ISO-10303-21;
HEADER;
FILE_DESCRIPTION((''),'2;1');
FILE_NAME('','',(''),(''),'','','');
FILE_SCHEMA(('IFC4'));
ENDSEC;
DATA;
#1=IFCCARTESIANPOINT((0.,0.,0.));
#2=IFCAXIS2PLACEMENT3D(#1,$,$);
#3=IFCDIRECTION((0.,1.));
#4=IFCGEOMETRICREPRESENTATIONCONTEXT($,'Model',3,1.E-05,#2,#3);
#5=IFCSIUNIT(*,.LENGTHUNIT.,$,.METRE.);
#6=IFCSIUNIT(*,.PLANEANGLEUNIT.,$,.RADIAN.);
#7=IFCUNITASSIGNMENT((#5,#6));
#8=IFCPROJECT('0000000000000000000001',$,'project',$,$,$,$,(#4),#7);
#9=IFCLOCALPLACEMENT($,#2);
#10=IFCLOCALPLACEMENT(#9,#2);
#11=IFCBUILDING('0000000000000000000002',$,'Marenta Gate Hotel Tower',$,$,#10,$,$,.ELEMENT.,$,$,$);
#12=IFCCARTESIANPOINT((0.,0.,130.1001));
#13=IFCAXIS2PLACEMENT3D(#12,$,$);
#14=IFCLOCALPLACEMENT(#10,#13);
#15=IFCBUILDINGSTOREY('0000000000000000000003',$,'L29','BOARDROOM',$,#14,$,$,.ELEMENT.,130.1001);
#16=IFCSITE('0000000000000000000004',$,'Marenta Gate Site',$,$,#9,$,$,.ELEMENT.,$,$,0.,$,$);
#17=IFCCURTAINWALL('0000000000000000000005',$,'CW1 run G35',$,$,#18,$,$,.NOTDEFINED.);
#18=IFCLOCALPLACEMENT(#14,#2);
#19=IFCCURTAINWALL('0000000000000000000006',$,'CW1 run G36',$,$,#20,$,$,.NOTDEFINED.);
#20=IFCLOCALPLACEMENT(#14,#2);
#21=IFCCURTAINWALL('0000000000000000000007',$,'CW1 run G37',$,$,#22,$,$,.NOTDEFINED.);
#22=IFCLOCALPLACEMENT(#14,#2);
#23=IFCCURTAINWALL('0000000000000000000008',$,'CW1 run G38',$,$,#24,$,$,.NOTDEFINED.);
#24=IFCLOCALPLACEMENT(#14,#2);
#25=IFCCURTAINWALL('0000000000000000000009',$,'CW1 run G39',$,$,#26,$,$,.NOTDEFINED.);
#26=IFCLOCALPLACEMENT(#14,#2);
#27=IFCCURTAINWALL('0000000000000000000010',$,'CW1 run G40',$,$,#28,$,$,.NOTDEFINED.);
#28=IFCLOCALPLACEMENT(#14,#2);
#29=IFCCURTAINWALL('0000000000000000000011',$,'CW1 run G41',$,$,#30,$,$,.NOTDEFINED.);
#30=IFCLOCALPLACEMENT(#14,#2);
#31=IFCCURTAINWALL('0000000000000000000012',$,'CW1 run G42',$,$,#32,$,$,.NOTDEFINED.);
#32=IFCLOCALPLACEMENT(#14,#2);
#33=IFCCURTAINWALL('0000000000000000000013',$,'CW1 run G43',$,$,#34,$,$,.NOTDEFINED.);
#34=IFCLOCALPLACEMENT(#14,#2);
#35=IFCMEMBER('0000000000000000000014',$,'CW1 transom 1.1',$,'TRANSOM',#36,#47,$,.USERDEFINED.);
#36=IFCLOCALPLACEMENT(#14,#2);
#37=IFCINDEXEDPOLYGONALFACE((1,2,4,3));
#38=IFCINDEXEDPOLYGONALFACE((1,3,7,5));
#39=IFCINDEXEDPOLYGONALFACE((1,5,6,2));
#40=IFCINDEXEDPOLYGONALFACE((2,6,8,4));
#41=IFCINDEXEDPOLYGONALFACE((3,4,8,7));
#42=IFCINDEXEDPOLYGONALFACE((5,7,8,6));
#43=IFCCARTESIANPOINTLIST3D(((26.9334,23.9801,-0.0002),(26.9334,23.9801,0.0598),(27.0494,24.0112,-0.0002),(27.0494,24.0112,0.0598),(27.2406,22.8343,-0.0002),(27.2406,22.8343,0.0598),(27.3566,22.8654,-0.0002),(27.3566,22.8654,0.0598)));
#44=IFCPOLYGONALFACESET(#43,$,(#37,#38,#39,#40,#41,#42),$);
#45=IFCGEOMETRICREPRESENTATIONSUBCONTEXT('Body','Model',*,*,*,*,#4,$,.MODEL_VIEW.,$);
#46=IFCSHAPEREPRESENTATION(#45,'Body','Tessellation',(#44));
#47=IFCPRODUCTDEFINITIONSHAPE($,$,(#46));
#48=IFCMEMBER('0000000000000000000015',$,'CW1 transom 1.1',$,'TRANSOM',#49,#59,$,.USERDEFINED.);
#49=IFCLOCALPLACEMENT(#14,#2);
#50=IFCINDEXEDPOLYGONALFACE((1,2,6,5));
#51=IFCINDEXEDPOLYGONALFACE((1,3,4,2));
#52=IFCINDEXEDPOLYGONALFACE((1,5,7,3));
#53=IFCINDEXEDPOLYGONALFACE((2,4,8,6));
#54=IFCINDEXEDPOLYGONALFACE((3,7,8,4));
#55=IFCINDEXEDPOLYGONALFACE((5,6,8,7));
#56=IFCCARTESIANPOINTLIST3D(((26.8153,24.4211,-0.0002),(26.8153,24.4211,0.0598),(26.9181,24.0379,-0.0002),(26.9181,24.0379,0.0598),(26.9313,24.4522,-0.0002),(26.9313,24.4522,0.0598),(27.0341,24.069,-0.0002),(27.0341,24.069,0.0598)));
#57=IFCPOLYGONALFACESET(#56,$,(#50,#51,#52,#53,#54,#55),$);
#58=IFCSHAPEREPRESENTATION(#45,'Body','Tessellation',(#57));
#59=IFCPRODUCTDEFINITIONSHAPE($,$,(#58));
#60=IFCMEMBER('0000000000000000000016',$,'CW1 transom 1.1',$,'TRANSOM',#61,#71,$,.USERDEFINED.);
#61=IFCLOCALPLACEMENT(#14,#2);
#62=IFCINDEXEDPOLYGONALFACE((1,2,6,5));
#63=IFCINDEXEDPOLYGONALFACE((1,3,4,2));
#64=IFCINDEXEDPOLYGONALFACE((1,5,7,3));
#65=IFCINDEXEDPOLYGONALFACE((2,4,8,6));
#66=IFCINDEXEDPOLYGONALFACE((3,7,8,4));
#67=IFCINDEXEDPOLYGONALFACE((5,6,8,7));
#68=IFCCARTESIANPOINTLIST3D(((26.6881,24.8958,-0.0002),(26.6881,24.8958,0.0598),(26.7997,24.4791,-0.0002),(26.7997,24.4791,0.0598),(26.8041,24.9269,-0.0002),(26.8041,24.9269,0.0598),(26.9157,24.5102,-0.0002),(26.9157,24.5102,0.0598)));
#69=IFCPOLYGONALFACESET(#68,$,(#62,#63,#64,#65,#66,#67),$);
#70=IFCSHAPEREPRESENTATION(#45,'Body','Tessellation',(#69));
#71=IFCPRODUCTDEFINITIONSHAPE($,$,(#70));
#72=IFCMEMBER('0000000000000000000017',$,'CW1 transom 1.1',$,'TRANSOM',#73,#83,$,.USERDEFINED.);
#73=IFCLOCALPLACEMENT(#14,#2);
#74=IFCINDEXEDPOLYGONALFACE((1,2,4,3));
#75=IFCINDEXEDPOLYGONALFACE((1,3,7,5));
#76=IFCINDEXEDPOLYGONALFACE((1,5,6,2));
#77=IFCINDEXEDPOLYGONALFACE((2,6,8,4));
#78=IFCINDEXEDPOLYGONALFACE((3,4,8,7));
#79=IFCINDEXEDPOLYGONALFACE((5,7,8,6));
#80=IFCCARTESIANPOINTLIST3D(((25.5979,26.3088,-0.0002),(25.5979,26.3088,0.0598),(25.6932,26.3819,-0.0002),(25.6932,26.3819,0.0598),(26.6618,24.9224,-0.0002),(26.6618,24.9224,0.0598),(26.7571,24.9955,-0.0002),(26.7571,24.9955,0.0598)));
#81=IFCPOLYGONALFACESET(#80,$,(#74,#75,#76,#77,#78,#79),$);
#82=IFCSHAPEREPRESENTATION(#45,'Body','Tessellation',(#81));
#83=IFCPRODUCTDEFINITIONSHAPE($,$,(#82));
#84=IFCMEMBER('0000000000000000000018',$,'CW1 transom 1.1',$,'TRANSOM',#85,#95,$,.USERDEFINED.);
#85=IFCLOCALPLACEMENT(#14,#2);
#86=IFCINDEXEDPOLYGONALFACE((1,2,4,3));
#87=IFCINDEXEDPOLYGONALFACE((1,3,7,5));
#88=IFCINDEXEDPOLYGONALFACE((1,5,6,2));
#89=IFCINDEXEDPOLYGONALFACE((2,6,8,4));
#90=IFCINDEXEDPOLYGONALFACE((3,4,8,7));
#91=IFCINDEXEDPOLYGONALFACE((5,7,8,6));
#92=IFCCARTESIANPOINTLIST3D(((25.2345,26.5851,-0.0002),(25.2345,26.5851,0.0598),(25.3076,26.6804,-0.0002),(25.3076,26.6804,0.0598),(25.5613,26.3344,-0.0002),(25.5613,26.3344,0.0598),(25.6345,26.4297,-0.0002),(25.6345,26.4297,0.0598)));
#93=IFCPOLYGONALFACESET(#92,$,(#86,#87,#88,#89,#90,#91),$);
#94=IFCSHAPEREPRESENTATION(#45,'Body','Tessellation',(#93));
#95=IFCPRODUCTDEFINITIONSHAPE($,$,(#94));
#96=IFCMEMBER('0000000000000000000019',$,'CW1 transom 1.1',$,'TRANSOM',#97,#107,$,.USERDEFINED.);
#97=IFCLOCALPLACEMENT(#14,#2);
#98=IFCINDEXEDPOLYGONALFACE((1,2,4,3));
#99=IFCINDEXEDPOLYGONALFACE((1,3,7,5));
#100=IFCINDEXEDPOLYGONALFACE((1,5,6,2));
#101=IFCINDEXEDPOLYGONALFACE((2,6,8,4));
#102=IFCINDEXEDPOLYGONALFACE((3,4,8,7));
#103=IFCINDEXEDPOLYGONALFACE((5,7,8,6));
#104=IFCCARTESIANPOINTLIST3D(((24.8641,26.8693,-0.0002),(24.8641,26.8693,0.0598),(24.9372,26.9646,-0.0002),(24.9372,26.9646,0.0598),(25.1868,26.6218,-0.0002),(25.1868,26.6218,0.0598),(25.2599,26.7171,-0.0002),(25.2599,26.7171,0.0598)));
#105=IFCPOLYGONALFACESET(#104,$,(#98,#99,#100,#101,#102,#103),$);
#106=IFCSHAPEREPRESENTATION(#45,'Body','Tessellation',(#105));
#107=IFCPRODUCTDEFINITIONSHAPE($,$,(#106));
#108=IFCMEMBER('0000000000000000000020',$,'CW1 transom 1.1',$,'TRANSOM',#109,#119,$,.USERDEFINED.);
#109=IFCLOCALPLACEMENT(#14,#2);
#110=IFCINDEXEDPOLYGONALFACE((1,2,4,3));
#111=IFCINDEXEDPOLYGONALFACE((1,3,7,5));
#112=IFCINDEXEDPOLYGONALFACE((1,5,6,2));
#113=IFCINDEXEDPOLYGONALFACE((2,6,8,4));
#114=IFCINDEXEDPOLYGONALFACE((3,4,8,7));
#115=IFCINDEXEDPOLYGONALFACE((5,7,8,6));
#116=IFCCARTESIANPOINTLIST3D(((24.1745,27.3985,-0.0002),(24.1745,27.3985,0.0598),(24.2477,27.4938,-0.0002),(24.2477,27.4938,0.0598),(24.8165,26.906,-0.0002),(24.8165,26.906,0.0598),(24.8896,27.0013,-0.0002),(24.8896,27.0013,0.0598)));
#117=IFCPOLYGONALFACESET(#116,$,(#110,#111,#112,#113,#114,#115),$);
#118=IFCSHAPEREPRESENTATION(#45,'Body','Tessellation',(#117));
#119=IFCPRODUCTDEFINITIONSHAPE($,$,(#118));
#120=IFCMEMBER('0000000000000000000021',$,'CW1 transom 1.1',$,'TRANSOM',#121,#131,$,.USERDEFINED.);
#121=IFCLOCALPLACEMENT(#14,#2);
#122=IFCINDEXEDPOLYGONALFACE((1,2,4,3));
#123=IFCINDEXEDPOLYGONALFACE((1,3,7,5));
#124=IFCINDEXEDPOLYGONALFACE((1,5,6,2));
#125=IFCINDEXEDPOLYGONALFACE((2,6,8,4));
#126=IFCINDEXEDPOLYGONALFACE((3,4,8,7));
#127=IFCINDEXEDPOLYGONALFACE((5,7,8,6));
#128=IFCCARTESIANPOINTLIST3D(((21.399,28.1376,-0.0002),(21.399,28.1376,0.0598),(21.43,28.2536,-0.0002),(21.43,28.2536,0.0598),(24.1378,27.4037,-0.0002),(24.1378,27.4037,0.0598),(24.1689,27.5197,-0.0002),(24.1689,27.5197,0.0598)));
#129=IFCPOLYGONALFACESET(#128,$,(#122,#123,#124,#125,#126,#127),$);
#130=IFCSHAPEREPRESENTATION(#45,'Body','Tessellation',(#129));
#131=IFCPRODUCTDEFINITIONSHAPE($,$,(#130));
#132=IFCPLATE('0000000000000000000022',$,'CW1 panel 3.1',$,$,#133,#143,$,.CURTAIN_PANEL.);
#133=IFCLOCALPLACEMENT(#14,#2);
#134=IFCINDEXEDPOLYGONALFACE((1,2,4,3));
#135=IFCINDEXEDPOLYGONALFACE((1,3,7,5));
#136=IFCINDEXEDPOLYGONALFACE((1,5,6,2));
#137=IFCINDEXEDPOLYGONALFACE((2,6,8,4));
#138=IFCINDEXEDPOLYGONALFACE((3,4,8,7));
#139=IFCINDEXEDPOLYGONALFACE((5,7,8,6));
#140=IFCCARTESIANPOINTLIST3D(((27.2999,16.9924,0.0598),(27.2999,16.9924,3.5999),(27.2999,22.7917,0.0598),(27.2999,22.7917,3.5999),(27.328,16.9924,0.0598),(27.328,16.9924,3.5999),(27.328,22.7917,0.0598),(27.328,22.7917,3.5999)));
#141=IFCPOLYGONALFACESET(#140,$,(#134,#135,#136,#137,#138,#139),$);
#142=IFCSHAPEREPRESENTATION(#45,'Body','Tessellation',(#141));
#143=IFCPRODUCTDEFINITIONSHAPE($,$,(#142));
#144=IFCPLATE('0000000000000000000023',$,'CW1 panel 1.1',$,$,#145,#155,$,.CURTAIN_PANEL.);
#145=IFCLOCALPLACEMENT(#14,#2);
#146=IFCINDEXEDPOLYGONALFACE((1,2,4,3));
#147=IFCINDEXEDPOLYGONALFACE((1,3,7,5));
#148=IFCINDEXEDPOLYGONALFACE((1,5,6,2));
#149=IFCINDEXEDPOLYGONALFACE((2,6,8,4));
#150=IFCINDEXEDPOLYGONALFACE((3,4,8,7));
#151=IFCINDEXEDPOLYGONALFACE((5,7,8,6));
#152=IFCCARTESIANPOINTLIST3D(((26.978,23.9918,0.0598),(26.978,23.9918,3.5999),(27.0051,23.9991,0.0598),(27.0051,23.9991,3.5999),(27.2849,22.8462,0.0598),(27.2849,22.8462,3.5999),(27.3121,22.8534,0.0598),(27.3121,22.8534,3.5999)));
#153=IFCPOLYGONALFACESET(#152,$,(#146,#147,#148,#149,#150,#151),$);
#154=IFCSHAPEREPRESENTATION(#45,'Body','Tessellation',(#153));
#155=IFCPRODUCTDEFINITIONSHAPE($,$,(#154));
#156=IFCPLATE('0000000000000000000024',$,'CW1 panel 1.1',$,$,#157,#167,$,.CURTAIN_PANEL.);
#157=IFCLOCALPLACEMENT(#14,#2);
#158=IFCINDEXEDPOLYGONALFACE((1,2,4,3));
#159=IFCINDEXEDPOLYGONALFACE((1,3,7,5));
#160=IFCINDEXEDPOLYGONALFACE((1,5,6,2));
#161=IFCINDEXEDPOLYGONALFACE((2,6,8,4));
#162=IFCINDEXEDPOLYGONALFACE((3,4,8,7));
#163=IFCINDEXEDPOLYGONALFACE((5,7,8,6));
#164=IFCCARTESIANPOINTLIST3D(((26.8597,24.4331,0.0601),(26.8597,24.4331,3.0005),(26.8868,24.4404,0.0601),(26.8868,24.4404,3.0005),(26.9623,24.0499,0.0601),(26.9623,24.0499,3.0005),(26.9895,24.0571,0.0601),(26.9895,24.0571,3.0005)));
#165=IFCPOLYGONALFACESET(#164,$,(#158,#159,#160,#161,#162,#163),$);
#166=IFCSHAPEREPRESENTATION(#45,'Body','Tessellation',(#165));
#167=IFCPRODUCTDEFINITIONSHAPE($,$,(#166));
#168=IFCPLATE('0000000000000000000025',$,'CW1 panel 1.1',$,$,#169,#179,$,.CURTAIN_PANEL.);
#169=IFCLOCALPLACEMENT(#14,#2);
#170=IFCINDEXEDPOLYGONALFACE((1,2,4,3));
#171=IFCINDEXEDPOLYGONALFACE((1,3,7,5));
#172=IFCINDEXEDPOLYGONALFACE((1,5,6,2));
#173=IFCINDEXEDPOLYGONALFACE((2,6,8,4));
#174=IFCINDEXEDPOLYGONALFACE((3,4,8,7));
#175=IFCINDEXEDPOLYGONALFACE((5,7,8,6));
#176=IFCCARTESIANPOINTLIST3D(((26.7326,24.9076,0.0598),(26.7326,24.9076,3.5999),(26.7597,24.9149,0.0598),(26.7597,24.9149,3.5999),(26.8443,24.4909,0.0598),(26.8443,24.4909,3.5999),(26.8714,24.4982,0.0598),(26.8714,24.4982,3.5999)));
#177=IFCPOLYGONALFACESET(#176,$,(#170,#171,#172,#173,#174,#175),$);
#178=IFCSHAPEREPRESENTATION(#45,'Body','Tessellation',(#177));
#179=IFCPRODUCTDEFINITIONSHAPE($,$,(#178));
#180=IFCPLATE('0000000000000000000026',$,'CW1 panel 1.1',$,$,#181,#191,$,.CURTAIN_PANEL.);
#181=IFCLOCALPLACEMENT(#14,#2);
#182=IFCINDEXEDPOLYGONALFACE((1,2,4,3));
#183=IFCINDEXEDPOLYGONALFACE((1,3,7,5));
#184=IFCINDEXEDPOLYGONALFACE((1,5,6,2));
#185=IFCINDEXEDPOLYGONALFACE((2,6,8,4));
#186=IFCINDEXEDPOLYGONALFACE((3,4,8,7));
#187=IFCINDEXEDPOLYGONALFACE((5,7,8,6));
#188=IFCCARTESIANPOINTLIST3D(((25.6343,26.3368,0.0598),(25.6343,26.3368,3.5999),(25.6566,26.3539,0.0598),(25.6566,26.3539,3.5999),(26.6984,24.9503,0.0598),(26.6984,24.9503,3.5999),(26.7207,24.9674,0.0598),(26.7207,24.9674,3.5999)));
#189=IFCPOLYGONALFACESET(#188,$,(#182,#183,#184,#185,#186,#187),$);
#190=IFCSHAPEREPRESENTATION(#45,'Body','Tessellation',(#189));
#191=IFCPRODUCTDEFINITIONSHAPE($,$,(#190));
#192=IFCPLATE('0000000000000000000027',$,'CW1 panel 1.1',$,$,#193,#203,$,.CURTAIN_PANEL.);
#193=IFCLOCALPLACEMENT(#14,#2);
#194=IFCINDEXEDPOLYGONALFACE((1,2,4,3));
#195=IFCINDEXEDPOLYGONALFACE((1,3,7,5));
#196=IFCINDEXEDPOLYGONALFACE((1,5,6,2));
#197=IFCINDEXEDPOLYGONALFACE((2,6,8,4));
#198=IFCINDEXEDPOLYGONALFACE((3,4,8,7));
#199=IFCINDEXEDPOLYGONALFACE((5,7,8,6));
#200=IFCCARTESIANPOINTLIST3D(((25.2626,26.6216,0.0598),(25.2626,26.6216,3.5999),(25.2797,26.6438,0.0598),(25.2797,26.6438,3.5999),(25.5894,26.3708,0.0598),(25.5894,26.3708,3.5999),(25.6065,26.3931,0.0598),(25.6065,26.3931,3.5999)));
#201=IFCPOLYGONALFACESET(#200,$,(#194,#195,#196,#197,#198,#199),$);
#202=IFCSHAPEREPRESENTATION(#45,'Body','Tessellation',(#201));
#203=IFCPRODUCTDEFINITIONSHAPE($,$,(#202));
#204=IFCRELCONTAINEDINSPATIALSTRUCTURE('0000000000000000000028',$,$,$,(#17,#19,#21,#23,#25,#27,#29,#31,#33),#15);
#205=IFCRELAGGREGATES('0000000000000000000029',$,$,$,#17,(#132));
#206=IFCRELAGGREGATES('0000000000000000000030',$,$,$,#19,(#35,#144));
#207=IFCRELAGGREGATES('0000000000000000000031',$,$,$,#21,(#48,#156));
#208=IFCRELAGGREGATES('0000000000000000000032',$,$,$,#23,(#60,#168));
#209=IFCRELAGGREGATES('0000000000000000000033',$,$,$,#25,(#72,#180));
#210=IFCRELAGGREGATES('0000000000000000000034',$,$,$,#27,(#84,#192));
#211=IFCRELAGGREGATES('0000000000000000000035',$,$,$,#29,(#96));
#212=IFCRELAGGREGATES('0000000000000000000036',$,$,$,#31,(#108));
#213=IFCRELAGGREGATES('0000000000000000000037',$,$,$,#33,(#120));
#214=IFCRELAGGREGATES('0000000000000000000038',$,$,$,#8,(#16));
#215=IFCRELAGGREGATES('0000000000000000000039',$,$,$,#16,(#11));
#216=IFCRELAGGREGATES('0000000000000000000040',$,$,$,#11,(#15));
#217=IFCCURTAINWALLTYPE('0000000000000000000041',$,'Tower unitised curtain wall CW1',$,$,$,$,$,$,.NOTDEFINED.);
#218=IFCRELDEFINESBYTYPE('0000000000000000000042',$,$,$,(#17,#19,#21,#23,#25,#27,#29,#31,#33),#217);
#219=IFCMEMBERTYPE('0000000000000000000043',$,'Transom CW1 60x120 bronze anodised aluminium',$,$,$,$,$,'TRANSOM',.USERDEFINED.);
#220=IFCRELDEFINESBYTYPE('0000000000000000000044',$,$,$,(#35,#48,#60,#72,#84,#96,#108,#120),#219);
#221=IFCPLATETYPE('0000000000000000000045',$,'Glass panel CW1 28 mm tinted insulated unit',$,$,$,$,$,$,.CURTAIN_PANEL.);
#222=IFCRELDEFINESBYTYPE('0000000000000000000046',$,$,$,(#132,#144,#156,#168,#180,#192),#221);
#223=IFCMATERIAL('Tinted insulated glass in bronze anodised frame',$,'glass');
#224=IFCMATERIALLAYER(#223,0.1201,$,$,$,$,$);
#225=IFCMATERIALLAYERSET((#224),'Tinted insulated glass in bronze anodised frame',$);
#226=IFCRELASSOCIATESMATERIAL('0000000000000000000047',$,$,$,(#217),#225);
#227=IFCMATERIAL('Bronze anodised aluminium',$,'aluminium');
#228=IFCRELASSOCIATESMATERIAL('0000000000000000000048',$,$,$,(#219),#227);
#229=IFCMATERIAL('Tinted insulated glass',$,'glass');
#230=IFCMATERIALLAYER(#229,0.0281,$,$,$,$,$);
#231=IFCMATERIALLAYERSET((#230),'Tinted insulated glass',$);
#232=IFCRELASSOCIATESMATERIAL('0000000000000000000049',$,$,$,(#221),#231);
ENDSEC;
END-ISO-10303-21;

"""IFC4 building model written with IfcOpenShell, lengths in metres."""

from ifc_helpers import new_model, si_unit, direction, frame, origin, origin_2d, place, context, subcontext, project, spatial, rectangle, extrude, material, layer, layer_set, material_profile, profile_set, type_object, element, aggregate, save


model = new_model("IFC4")

# Units and contexts
model_context = context("Model", 3, precision=1e-05, world=origin(), true_north=direction((0.0, 1.0)))
body_context = subcontext(model_context, "Body", "Model", "MODEL_VIEW")
ifc_project = project(units=[si_unit("LENGTHUNIT", "METRE"), si_unit("PLANEANGLEUNIT", "RADIAN")], contexts=[model_context])

# Site, building, storey
site_placement = place(None, origin())
site = spatial("IfcSite", under=ifc_project, at=site_placement, Name="Marenta Gate Site", CompositionType="ELEMENT", RefElevation=0.0)
building_placement = place(site_placement, origin())
building = spatial("IfcBuilding", under=site, at=building_placement, Name="Marenta Gate Hotel Tower", CompositionType="ELEMENT")
storey_placement = place(building_placement, frame((0.0, 0.0, 130.1001)))
storey = spatial("IfcBuildingStorey", under=building, at=storey_placement, Name="L29", Description="BOARDROOM", CompositionType="ELEMENT", Elevation=130.1001)

# Curtain walls
ifc_material_1 = material(Name="Tinted insulated glass in bronze anodised frame", Category="glass")
ifc_layer_1 = layer(ifc_material_1, 0.1201)
ifc_layer_set_1 = layer_set([ifc_layer_1], Name="Tinted insulated glass in bronze anodised frame")
curtain_wall_type = type_object("IfcCurtainWallType", Name="Tower unitised curtain wall CW1", PredefinedType="NOTDEFINED", material=ifc_layer_set_1)
curtain_wall_1_placement = place(storey_placement, origin())
curtain_wall_1 = element("IfcCurtainWall", 1, at=curtain_wall_1_placement, inside=storey, type_object=curtain_wall_type, Name="CW1 run G35", PredefinedType="NOTDEFINED")
curtain_wall_2_placement = place(storey_placement, origin())
curtain_wall_2 = element("IfcCurtainWall", 2, at=curtain_wall_2_placement, inside=storey, type_object=curtain_wall_type, Name="CW1 run G36", PredefinedType="NOTDEFINED")
curtain_wall_3_placement = place(storey_placement, origin())
curtain_wall_3 = element("IfcCurtainWall", 3, at=curtain_wall_3_placement, inside=storey, type_object=curtain_wall_type, Name="CW1 run G37", PredefinedType="NOTDEFINED")
curtain_wall_4_placement = place(storey_placement, origin())
curtain_wall_4 = element("IfcCurtainWall", 4, at=curtain_wall_4_placement, inside=storey, type_object=curtain_wall_type, Name="CW1 run G38", PredefinedType="NOTDEFINED")
curtain_wall_5_placement = place(storey_placement, origin())
curtain_wall_5 = element("IfcCurtainWall", 5, at=curtain_wall_5_placement, inside=storey, type_object=curtain_wall_type, Name="CW1 run G39", PredefinedType="NOTDEFINED")
curtain_wall_6_placement = place(storey_placement, origin())
curtain_wall_6 = element("IfcCurtainWall", 6, at=curtain_wall_6_placement, inside=storey, type_object=curtain_wall_type, Name="CW1 run G40", PredefinedType="NOTDEFINED")
curtain_wall_7_placement = place(storey_placement, origin())
curtain_wall_7 = element("IfcCurtainWall", 7, at=curtain_wall_7_placement, inside=storey, type_object=curtain_wall_type, Name="CW1 run G41", PredefinedType="NOTDEFINED")
curtain_wall_8_placement = place(storey_placement, origin())
curtain_wall_8 = element("IfcCurtainWall", 8, at=curtain_wall_8_placement, inside=storey, type_object=curtain_wall_type, Name="CW1 run G42", PredefinedType="NOTDEFINED")
curtain_wall_9_placement = place(storey_placement, origin())
curtain_wall_9 = element("IfcCurtainWall", 9, at=curtain_wall_9_placement, inside=storey, type_object=curtain_wall_type, Name="CW1 run G43", PredefinedType="NOTDEFINED")

# Members
ifc_material_2 = material(Name="Bronze anodised aluminium", Category="aluminium")
ifc_material_profile_1 = material_profile(ifc_material_2, rectangle(XDim=0.1201, YDim=0.0601, at=origin_2d()), Name="Transom CW1 60x120 bronze anodised aluminium")
ifc_profile_set_1 = profile_set([ifc_material_profile_1], Name="Bronze anodised aluminium")
member_type_1 = type_object("IfcMemberType", Name="Transom CW1 60x120 bronze anodised aluminium", ElementType="TRANSOM", PredefinedType="USERDEFINED", material=ifc_profile_set_1)
member_1_placement = place(storey_placement, frame((27.2986, 22.8499, 0.0298), z_axis=(-0.258918, 0.965899, 0.0), x_axis=(-0.965899, -0.258918, 0.0)))
member_1 = element("IfcMember", 10, at=member_1_placement, type_object=member_type_1, Name="CW1 transom 1.1", ObjectType="TRANSOM", PredefinedType="USERDEFINED", context=body_context, shape_type="SweptSolid", body=[
    extrude(rectangle(XDim=0.1201, YDim=0.0601, at=origin_2d()), origin(), (0.0, 0.0, 1.0), 1.1863),
])
member_2_placement = place(storey_placement, frame((26.9761, 24.0535, 0.0298), z_axis=(-0.259157, 0.965835, 0.0), x_axis=(-0.965835, -0.259157, 0.0)))
member_2 = element("IfcMember", 11, at=member_2_placement, type_object=member_type_1, Name="CW1 transom 1.1", ObjectType="TRANSOM", PredefinedType="USERDEFINED", context=body_context, shape_type="SweptSolid", body=[
    extrude(rectangle(XDim=0.1201, YDim=0.0601, at=origin_2d()), origin(), (0.0, 0.0, 1.0), 0.3967),
])
member_3_placement = place(storey_placement, frame((26.8577, 24.4946, 0.0298), z_axis=(-0.258614, 0.965981, 0.0), x_axis=(-0.965981, -0.258614, 0.0)))
member_3 = element("IfcMember", 12, at=member_3_placement, type_object=member_type_1, Name="CW1 transom 1.1", ObjectType="TRANSOM", PredefinedType="USERDEFINED", context=body_context, shape_type="SweptSolid", body=[
    extrude(rectangle(XDim=0.1201, YDim=0.0601, at=origin_2d()), origin(), (0.0, 0.0, 1.0), 0.4314),
])
member_4_placement = place(storey_placement, frame((26.7095, 24.959, 0.0298), z_axis=(-0.608792, 0.79333, 0.0), x_axis=(-0.79333, -0.608792, 0.0)))
member_4 = element("IfcMember", 13, at=member_4_placement, type_object=member_type_1, Name="CW1 transom 1.1", ObjectType="TRANSOM", PredefinedType="USERDEFINED", context=body_context, shape_type="SweptSolid", body=[
    extrude(rectangle(XDim=0.1201, YDim=0.0601, at=origin_2d()), origin(), (0.0, 0.0, 1.0), 1.7476),
])
member_5_placement = place(storey_placement, frame((25.5979, 26.3821, 0.0298), z_axis=(-0.793482, 0.608593, 0.0), x_axis=(-0.608593, -0.793482, 0.0)))
member_5 = element("IfcMember", 14, at=member_5_placement, type_object=member_type_1, Name="CW1 transom 1.1", ObjectType="TRANSOM", PredefinedType="USERDEFINED", context=body_context, shape_type="SweptSolid", body=[
    extrude(rectangle(XDim=0.1201, YDim=0.0601, at=origin_2d()), origin(), (0.0, 0.0, 1.0), 0.4119),
])
member_6_placement = place(storey_placement, frame((25.2234, 26.6694, 0.0298), z_axis=(-0.793471, 0.608608, 0.0), x_axis=(-0.608608, -0.793471, 0.0)))
member_6 = element("IfcMember", 15, at=member_6_placement, type_object=member_type_1, Name="CW1 transom 1.1", ObjectType="TRANSOM", PredefinedType="USERDEFINED", context=body_context, shape_type="SweptSolid", body=[
    extrude(rectangle(XDim=0.1201, YDim=0.0601, at=origin_2d()), origin(), (0.0, 0.0, 1.0), 0.4067),
])
member_7_placement = place(storey_placement, frame((24.853, 26.9536, 0.0298), z_axis=(-0.793397, 0.608704, 0.0), x_axis=(-0.608704, -0.793397, 0.0)))
member_7 = element("IfcMember", 16, at=member_7_placement, type_object=member_type_1, Name="CW1 transom 1.1", ObjectType="TRANSOM", PredefinedType="USERDEFINED", context=body_context, shape_type="SweptSolid", body=[
    extrude(rectangle(XDim=0.1201, YDim=0.0601, at=origin_2d()), origin(), (0.0, 0.0, 1.0), 0.8091),
])
member_8_placement = place(storey_placement, frame((24.1533, 27.4617, 0.0298), z_axis=(-0.965923, 0.258831, 0.0), x_axis=(-0.258831, -0.965923, 0.0)))
member_8 = element("IfcMember", 17, at=member_8_placement, type_object=member_type_1, Name="CW1 transom 1.1", ObjectType="TRANSOM", PredefinedType="USERDEFINED", context=body_context, shape_type="SweptSolid", body=[
    extrude(rectangle(XDim=0.1201, YDim=0.0601, at=origin_2d()), origin(), (0.0, 0.0, 1.0), 2.8354),
])

# Plates
ifc_material_3 = material(Name="Tinted insulated glass", Category="glass")
ifc_layer_2 = layer(ifc_material_3, 0.0281)
ifc_layer_set_2 = layer_set([ifc_layer_2], Name="Tinted insulated glass")
plate_type = type_object("IfcPlateType", Name="Glass panel CW1 28 mm tinted insulated unit", PredefinedType="CURTAIN_PANEL", material=ifc_layer_set_2)
plate_1_placement = place(storey_placement, frame((27.314, 19.8921, 0.0598), z_axis=(0.0, 0.0, 1.0), x_axis=(0.0, 1.0, 0.0)))
plate_1 = element("IfcPlate", 18, at=plate_1_placement, type_object=plate_type, Name="CW1 panel 3.1", PredefinedType="CURTAIN_PANEL", context=body_context, shape_type="SweptSolid", body=[
    extrude(rectangle(XDim=5.7993, YDim=0.0281, at=origin_2d()), origin(), (0.0, 0.0, 1.0), 3.54),
])
aggregate(curtain_wall_1, [plate_1])
plate_2_placement = place(storey_placement, frame((27.145, 23.4226, 0.0598), z_axis=(0.0, 0.0, 1.0), x_axis=(-0.258816, 0.965927, 0.0)))
plate_2 = element("IfcPlate", 19, at=plate_2_placement, type_object=plate_type, Name="CW1 panel 1.1", PredefinedType="CURTAIN_PANEL", context=body_context, shape_type="SweptSolid", body=[
    extrude(rectangle(XDim=1.186, YDim=0.0281, at=origin_2d()), origin(), (0.0, 0.0, 1.0), 3.54),
])
aggregate(curtain_wall_2, [member_1, plate_2])
plate_3_placement = place(storey_placement, frame((26.9246, 24.2451, 0.0601), z_axis=(0.0, 0.0, 1.0), x_axis=(-0.258835, 0.965922, 0.0)))
plate_3 = element("IfcPlate", 20, at=plate_3_placement, type_object=plate_type, Name="CW1 panel 1.1", PredefinedType="CURTAIN_PANEL", context=body_context, shape_type="SweptSolid", body=[
    extrude(rectangle(XDim=0.3967, YDim=0.0281, at=origin_2d()), origin(), (0.0, 0.0, 1.0), 2.9404),
])
aggregate(curtain_wall_3, [member_2, plate_3])
plate_4_placement = place(storey_placement, frame((26.802, 24.7029, 0.0598), z_axis=(0.0, 0.0, 1.0), x_axis=(-0.258828, 0.965924, 0.0)))
plate_4 = element("IfcPlate", 21, at=plate_4_placement, type_object=plate_type, Name="CW1 panel 1.1", PredefinedType="CURTAIN_PANEL", context=body_context, shape_type="SweptSolid", body=[
    extrude(rectangle(XDim=0.4314, YDim=0.0281, at=origin_2d()), origin(), (0.0, 0.0, 1.0), 3.54),
])
aggregate(curtain_wall_4, [member_3, plate_4])
plate_5_placement = place(storey_placement, frame((26.1775, 25.6521, 0.0598), z_axis=(0.0, 0.0, 1.0), x_axis=(-0.608796, 0.793327, 0.0)))
plate_5 = element("IfcPlate", 22, at=plate_5_placement, type_object=plate_type, Name="CW1 panel 1.1", PredefinedType="CURTAIN_PANEL", context=body_context, shape_type="SweptSolid", body=[
    extrude(rectangle(XDim=1.7478, YDim=0.0281, at=origin_2d()), origin(), (0.0, 0.0, 1.0), 3.54),
])
aggregate(curtain_wall_5, [member_4, plate_5])
plate_6_placement = place(storey_placement, frame((25.4346, 26.5073, 0.0598), z_axis=(0.0, 0.0, 1.0), x_axis=(-0.79334, 0.608778, 0.0)))
plate_6 = element("IfcPlate", 23, at=plate_6_placement, type_object=plate_type, Name="CW1 panel 1.1", PredefinedType="CURTAIN_PANEL", context=body_context, shape_type="SweptSolid", body=[
    extrude(rectangle(XDim=0.4119, YDim=0.0281, at=origin_2d()), origin(), (0.0, 0.0, 1.0), 3.54),
])
aggregate(curtain_wall_6, [member_5, plate_6])
aggregate(curtain_wall_7, [member_6])
aggregate(curtain_wall_8, [member_7])
aggregate(curtain_wall_9, [member_8])

save(model, "model.ifc")
